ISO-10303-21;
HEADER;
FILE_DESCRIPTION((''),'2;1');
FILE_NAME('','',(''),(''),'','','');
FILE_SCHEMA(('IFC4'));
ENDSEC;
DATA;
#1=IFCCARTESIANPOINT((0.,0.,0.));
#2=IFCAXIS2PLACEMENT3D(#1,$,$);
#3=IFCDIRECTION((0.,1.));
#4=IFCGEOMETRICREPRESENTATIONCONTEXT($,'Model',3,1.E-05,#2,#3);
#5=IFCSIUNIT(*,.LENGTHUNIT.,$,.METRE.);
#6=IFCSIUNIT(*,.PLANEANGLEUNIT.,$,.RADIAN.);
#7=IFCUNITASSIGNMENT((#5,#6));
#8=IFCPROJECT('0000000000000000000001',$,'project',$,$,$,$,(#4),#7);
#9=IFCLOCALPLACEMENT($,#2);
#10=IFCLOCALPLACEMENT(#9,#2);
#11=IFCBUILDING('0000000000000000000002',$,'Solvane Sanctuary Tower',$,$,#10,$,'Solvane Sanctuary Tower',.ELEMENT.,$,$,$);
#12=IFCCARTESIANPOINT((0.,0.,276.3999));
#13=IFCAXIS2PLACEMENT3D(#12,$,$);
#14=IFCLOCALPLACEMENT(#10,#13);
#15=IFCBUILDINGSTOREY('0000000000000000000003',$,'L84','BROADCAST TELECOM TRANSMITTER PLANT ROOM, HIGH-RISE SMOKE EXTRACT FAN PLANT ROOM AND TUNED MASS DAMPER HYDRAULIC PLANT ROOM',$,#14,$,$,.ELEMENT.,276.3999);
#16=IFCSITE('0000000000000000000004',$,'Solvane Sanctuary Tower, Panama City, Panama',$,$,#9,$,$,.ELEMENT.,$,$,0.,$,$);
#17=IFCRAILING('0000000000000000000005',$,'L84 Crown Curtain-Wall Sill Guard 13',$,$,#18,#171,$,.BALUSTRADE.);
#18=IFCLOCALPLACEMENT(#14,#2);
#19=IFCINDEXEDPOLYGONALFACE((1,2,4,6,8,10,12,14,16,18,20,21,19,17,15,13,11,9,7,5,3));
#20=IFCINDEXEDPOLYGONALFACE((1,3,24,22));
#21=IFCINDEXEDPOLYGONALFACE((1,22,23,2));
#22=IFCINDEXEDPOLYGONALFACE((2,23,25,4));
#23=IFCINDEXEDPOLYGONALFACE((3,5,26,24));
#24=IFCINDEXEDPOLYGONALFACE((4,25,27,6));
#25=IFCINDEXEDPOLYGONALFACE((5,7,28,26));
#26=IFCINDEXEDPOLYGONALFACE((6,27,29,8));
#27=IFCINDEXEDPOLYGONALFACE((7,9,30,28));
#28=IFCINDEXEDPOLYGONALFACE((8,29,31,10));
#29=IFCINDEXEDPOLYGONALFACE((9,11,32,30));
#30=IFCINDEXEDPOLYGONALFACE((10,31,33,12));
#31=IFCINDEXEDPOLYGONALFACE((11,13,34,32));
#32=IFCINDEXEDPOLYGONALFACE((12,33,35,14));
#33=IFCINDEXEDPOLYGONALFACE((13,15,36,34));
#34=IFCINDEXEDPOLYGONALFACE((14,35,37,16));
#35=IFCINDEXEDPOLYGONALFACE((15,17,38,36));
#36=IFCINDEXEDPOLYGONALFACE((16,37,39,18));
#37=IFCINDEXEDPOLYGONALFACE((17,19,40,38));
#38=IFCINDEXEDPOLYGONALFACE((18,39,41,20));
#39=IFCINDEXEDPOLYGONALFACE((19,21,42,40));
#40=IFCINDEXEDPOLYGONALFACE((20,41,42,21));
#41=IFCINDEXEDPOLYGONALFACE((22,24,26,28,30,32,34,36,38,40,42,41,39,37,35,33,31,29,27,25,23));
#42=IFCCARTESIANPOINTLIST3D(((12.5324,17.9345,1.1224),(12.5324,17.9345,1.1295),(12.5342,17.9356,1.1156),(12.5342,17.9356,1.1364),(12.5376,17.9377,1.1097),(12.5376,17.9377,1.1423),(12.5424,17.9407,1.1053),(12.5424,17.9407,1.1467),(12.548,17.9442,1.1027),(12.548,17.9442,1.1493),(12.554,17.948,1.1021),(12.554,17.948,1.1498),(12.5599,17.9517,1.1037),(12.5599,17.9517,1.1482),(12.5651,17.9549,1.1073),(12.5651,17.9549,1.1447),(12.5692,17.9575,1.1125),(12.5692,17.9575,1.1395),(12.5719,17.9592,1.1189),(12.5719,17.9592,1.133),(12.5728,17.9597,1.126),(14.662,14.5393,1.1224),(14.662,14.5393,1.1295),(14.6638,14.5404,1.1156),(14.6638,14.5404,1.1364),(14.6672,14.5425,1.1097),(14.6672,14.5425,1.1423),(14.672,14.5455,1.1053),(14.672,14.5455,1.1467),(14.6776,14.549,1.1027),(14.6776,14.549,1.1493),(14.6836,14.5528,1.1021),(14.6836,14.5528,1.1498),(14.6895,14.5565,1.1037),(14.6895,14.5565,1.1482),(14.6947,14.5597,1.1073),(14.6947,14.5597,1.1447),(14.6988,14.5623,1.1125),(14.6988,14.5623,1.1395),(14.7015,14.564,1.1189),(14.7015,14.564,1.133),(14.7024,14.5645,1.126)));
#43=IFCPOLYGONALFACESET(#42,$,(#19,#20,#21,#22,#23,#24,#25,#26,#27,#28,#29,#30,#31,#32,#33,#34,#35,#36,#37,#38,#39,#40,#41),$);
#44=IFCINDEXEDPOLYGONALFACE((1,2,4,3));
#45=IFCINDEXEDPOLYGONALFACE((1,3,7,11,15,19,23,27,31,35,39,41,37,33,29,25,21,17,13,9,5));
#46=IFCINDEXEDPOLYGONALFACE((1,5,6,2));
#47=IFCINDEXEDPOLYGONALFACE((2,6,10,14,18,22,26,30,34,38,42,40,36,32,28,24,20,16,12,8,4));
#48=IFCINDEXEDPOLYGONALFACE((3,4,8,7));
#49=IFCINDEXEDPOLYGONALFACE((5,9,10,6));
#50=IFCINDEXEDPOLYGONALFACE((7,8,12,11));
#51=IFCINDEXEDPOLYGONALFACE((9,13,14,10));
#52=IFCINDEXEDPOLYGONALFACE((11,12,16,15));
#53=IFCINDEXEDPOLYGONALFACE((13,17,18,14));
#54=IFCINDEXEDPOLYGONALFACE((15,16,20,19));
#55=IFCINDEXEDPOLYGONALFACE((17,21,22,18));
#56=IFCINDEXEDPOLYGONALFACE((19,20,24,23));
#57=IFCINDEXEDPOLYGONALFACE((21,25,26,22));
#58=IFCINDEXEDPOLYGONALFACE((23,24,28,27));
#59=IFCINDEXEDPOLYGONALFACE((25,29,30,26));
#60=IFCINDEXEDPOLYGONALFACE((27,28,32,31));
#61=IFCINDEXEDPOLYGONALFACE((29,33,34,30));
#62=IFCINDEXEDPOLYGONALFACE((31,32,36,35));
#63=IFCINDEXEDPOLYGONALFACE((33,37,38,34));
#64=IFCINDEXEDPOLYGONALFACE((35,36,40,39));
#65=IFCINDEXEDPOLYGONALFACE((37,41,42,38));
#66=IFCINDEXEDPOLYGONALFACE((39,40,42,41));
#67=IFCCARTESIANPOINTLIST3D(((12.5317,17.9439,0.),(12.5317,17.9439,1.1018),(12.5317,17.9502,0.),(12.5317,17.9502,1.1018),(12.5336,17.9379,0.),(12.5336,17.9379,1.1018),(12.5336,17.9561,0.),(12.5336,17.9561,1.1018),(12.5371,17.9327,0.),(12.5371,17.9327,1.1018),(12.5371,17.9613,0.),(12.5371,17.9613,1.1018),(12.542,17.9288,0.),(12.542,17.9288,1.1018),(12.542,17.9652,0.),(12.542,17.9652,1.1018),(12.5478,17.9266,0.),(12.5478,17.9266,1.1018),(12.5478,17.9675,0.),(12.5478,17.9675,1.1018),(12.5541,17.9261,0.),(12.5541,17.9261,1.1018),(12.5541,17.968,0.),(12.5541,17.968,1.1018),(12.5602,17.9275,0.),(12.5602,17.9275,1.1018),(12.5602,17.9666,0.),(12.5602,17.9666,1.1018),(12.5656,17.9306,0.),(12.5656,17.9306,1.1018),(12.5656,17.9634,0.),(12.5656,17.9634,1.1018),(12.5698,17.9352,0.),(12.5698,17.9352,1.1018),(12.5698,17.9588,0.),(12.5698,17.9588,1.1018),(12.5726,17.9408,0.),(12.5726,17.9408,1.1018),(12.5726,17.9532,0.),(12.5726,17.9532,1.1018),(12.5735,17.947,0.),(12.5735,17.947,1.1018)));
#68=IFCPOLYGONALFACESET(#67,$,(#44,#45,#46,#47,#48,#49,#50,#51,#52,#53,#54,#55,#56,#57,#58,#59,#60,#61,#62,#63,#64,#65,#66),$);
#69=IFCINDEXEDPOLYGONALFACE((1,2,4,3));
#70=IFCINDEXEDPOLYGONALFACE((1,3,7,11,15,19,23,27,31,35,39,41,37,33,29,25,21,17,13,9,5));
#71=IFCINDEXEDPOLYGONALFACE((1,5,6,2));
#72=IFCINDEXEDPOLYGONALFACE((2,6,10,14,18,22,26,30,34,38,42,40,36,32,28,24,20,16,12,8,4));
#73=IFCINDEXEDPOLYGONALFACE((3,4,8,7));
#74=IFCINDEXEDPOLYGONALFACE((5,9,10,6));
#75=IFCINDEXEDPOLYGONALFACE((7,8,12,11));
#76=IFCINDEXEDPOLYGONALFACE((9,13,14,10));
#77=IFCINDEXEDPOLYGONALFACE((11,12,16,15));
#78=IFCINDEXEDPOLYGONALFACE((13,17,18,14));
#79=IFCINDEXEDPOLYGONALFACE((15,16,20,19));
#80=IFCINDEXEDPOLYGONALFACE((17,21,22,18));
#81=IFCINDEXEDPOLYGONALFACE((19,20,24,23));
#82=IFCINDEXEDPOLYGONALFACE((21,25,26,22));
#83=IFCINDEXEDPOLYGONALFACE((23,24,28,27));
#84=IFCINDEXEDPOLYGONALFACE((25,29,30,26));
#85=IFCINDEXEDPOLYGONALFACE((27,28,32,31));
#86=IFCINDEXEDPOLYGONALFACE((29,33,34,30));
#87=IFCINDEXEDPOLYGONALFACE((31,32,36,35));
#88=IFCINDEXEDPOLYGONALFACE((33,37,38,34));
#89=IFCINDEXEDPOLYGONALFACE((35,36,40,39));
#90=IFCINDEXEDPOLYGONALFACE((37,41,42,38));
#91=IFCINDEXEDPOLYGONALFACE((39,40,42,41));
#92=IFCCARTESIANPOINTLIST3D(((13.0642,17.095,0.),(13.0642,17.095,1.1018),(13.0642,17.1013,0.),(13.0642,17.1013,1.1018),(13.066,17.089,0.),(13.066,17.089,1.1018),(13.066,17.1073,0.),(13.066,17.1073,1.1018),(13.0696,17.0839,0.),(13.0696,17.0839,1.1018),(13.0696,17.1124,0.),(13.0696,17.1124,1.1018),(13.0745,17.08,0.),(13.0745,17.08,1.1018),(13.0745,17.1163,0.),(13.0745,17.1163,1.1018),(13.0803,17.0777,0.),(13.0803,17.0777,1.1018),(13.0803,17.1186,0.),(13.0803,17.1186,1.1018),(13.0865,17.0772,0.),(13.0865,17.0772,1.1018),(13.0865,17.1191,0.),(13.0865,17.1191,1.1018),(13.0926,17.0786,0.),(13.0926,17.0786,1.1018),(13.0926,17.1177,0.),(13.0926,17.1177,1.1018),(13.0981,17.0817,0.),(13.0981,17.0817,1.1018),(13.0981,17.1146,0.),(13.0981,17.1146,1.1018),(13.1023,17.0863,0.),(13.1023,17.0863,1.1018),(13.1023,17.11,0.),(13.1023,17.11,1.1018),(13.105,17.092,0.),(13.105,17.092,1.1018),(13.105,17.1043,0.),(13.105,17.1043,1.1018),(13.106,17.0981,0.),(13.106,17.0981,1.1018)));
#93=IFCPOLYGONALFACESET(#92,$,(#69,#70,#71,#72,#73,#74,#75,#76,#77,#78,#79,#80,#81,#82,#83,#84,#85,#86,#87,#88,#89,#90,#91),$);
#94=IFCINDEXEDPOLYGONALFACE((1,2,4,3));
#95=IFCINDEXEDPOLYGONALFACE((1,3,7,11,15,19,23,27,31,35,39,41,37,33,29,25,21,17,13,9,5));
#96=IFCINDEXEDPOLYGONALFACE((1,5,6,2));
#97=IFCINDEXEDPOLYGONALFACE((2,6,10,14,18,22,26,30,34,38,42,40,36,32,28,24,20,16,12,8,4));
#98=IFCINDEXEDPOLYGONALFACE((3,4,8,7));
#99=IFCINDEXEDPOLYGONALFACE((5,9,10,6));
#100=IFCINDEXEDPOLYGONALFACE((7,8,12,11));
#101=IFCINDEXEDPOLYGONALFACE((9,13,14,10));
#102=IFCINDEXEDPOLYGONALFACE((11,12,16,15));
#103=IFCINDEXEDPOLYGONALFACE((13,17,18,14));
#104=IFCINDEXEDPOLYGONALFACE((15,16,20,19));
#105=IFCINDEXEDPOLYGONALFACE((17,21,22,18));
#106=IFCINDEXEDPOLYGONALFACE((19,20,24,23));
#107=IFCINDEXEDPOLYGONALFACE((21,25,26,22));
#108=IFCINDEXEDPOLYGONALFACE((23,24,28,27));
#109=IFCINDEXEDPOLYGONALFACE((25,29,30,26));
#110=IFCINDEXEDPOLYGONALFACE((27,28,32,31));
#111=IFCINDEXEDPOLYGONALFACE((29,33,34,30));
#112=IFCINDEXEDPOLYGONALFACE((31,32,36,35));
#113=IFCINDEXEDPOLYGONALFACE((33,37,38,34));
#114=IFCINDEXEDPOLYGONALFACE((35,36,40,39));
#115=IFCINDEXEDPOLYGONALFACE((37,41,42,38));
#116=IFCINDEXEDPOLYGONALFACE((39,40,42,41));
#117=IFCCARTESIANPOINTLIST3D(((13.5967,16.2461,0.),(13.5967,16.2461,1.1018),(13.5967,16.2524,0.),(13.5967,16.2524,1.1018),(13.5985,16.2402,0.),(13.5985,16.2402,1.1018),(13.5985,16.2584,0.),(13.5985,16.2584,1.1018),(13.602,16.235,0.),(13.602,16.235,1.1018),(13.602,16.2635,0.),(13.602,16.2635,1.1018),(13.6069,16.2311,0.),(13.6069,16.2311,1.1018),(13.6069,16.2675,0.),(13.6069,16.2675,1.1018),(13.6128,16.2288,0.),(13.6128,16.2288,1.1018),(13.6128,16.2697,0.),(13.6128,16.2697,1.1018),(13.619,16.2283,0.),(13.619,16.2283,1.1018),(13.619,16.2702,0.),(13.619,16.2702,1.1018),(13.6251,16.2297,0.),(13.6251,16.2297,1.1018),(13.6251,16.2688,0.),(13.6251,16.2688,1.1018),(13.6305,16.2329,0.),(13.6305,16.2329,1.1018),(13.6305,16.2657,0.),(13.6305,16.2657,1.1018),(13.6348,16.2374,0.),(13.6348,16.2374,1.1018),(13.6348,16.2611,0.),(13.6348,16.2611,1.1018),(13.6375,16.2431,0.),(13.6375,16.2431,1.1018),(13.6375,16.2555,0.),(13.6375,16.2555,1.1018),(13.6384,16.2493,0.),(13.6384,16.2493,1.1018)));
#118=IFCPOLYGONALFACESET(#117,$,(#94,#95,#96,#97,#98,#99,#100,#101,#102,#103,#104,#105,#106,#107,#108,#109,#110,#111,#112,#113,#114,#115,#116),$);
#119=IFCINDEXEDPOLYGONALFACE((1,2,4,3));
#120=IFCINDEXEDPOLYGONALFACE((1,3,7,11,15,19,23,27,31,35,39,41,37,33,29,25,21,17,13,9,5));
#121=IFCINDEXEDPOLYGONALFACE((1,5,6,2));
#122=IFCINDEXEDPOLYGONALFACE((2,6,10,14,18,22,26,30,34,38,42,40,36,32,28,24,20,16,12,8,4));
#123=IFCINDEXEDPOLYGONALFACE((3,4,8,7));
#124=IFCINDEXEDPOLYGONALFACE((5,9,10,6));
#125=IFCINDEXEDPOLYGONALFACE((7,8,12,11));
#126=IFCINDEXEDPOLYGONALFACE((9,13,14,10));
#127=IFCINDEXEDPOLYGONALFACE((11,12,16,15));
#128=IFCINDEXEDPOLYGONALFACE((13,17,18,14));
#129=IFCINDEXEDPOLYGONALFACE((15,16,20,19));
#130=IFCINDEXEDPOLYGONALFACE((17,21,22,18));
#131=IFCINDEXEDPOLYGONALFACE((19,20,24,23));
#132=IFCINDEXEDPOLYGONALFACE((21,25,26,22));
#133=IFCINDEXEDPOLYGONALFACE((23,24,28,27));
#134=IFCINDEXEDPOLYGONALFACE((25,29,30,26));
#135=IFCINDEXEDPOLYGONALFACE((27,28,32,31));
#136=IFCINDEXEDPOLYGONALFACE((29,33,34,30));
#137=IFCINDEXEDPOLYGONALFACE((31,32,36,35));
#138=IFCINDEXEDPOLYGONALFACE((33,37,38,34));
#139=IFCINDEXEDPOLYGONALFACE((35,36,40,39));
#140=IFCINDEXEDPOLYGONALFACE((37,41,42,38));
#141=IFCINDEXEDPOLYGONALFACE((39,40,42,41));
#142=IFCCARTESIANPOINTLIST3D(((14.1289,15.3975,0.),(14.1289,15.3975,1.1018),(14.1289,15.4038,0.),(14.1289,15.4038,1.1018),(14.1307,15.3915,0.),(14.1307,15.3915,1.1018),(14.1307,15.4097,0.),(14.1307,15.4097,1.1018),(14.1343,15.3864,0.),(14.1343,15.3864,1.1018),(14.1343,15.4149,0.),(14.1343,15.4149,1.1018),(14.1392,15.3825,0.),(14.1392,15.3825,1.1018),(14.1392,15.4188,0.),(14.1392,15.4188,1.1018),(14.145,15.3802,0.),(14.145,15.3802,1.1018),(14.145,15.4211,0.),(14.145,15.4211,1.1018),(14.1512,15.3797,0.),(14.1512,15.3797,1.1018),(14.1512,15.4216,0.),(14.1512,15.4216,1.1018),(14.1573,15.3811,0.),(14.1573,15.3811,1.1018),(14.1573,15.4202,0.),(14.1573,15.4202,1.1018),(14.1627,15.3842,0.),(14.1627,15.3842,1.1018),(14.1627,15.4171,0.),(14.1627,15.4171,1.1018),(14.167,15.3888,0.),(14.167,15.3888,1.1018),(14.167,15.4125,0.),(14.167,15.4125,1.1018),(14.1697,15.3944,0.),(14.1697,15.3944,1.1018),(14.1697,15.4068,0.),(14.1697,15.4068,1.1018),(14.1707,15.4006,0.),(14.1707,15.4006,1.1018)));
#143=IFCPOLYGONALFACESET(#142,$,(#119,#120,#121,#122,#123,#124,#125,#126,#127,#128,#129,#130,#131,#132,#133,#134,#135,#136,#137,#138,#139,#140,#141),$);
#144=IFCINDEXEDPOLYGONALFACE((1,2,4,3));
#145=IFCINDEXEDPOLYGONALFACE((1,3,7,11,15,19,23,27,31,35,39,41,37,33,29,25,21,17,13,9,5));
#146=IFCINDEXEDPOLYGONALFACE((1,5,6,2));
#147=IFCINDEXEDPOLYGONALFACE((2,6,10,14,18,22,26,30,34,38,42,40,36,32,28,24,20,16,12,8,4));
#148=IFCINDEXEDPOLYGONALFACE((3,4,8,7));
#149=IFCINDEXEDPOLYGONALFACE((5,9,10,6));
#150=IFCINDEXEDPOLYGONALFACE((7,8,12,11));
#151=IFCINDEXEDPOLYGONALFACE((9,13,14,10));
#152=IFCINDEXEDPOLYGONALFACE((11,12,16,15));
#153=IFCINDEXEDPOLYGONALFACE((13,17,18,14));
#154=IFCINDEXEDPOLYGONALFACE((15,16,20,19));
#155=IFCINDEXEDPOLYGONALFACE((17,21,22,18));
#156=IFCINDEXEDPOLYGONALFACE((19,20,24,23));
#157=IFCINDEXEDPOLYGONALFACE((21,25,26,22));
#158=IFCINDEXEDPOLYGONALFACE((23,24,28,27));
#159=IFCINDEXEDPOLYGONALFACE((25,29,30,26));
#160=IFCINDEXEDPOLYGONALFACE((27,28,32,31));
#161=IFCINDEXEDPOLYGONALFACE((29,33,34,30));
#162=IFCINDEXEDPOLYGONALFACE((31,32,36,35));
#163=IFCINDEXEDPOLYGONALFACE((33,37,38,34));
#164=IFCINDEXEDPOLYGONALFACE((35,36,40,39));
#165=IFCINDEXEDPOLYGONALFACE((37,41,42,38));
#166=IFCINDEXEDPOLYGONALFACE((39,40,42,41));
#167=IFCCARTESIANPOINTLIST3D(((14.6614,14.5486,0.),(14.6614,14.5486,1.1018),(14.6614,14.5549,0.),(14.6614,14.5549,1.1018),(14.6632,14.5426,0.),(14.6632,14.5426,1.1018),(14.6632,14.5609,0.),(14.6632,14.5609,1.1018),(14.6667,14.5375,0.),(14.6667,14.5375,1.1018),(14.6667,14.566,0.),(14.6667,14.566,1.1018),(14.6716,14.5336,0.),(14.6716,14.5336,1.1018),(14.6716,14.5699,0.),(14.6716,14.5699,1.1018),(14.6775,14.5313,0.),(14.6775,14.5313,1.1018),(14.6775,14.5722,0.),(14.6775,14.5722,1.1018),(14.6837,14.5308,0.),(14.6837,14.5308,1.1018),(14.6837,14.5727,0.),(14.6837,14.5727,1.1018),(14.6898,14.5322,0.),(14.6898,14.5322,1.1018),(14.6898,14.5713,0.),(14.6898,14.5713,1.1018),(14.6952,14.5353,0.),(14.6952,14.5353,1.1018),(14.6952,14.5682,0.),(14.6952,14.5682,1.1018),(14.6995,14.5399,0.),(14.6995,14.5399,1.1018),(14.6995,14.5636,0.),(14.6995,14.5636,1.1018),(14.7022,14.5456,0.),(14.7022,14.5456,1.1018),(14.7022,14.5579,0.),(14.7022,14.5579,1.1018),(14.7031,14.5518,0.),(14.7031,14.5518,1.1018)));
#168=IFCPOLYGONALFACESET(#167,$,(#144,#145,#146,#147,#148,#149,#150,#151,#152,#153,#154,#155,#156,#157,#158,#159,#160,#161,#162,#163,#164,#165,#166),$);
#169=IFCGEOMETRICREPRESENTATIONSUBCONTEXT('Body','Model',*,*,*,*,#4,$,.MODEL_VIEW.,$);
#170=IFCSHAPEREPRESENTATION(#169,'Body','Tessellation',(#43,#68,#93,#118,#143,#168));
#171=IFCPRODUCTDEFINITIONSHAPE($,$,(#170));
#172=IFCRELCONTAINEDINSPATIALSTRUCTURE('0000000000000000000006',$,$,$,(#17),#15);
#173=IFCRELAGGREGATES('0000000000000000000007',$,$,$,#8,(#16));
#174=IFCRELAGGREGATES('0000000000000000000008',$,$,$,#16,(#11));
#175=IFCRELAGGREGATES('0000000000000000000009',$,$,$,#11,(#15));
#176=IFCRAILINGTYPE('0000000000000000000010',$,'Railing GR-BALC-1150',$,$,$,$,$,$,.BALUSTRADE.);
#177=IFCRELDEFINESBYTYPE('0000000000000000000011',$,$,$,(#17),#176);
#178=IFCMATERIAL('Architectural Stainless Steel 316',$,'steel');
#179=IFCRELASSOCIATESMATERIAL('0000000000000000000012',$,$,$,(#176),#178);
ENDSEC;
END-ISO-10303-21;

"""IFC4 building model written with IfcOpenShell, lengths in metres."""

from ifc_helpers import new_model, si_unit, direction, frame, origin, origin_2d, place, context, subcontext, project, spatial, circle, extrude, material, type_object, element, save


model = new_model("IFC4")

# Units and contexts
model_context = context("Model", 3, precision=1e-05, world=origin(), true_north=direction((0.0, 1.0)))
body_context = subcontext(model_context, "Body", "Model", "MODEL_VIEW")
ifc_project = project(units=[si_unit("LENGTHUNIT", "METRE"), si_unit("PLANEANGLEUNIT", "RADIAN")], contexts=[model_context])

# Site, building, storey
site_placement = place(None, origin())
site = spatial("IfcSite", under=ifc_project, at=site_placement, Name="Solvane Sanctuary Tower, Panama City, Panama", CompositionType="ELEMENT", RefElevation=0.0)
building_placement = place(site_placement, origin())
building = spatial("IfcBuilding", under=site, at=building_placement, Name="Solvane Sanctuary Tower", LongName="Solvane Sanctuary Tower", CompositionType="ELEMENT")
storey_placement = place(building_placement, frame((0.0, 0.0, 276.3999)))
storey = spatial("IfcBuildingStorey", under=building, at=storey_placement, Name="L84", Description="BROADCAST TELECOM TRANSMITTER PLANT ROOM, HIGH-RISE SMOKE EXTRACT FAN PLANT ROOM AND TUNED MASS DAMPER HYDRAULIC PLANT ROOM", CompositionType="ELEMENT", Elevation=276.3999)

# Shared definitions
ifc_material_1 = material(Name="Architectural Stainless Steel 316", Category="steel")

# Railing
railing_type = type_object("IfcRailingType", Name="Railing GR-BALC-1150", PredefinedType="BALUSTRADE", material=ifc_material_1)
railing_1_placement = place(storey_placement, frame((12.5525, 17.947, 0.0)))
element("IfcRailing", 1, at=railing_1_placement, inside=storey, type_object=railing_type, Name="L84 Crown Curtain-Wall Sill Guard 13", PredefinedType="BALUSTRADE", context=body_context, shape_type="SweptSolid", body=[
    extrude(circle(Radius=0.0239, at=origin_2d()), frame((0.0, 0.0, 1.126), z_axis=(0.531362, -0.847145, 0.0), x_axis=(0.847145, 0.531362, 0.0)), (0.0, 0.0, 1.0), 4.0078),
    extrude(circle(Radius=0.021, at=origin_2d()), origin(), (0.0, 0.0, 1.0), 1.1018),
    extrude(circle(Radius=0.021, at=origin_2d()), frame((0.5325, -0.8489, 0.0)), (0.0, 0.0, 1.0), 1.1018),
    extrude(circle(Radius=0.021, at=origin_2d()), frame((1.0649, -1.6978, 0.0)), (0.0, 0.0, 1.0), 1.1018),
    extrude(circle(Radius=0.021, at=origin_2d()), frame((1.5972, -2.5464, 0.0)), (0.0, 0.0, 1.0), 1.1018),
    extrude(circle(Radius=0.021, at=origin_2d()), frame((2.1296, -3.3953, 0.0)), (0.0, 0.0, 1.0), 1.1018),
])

save(model, "model.ifc")
